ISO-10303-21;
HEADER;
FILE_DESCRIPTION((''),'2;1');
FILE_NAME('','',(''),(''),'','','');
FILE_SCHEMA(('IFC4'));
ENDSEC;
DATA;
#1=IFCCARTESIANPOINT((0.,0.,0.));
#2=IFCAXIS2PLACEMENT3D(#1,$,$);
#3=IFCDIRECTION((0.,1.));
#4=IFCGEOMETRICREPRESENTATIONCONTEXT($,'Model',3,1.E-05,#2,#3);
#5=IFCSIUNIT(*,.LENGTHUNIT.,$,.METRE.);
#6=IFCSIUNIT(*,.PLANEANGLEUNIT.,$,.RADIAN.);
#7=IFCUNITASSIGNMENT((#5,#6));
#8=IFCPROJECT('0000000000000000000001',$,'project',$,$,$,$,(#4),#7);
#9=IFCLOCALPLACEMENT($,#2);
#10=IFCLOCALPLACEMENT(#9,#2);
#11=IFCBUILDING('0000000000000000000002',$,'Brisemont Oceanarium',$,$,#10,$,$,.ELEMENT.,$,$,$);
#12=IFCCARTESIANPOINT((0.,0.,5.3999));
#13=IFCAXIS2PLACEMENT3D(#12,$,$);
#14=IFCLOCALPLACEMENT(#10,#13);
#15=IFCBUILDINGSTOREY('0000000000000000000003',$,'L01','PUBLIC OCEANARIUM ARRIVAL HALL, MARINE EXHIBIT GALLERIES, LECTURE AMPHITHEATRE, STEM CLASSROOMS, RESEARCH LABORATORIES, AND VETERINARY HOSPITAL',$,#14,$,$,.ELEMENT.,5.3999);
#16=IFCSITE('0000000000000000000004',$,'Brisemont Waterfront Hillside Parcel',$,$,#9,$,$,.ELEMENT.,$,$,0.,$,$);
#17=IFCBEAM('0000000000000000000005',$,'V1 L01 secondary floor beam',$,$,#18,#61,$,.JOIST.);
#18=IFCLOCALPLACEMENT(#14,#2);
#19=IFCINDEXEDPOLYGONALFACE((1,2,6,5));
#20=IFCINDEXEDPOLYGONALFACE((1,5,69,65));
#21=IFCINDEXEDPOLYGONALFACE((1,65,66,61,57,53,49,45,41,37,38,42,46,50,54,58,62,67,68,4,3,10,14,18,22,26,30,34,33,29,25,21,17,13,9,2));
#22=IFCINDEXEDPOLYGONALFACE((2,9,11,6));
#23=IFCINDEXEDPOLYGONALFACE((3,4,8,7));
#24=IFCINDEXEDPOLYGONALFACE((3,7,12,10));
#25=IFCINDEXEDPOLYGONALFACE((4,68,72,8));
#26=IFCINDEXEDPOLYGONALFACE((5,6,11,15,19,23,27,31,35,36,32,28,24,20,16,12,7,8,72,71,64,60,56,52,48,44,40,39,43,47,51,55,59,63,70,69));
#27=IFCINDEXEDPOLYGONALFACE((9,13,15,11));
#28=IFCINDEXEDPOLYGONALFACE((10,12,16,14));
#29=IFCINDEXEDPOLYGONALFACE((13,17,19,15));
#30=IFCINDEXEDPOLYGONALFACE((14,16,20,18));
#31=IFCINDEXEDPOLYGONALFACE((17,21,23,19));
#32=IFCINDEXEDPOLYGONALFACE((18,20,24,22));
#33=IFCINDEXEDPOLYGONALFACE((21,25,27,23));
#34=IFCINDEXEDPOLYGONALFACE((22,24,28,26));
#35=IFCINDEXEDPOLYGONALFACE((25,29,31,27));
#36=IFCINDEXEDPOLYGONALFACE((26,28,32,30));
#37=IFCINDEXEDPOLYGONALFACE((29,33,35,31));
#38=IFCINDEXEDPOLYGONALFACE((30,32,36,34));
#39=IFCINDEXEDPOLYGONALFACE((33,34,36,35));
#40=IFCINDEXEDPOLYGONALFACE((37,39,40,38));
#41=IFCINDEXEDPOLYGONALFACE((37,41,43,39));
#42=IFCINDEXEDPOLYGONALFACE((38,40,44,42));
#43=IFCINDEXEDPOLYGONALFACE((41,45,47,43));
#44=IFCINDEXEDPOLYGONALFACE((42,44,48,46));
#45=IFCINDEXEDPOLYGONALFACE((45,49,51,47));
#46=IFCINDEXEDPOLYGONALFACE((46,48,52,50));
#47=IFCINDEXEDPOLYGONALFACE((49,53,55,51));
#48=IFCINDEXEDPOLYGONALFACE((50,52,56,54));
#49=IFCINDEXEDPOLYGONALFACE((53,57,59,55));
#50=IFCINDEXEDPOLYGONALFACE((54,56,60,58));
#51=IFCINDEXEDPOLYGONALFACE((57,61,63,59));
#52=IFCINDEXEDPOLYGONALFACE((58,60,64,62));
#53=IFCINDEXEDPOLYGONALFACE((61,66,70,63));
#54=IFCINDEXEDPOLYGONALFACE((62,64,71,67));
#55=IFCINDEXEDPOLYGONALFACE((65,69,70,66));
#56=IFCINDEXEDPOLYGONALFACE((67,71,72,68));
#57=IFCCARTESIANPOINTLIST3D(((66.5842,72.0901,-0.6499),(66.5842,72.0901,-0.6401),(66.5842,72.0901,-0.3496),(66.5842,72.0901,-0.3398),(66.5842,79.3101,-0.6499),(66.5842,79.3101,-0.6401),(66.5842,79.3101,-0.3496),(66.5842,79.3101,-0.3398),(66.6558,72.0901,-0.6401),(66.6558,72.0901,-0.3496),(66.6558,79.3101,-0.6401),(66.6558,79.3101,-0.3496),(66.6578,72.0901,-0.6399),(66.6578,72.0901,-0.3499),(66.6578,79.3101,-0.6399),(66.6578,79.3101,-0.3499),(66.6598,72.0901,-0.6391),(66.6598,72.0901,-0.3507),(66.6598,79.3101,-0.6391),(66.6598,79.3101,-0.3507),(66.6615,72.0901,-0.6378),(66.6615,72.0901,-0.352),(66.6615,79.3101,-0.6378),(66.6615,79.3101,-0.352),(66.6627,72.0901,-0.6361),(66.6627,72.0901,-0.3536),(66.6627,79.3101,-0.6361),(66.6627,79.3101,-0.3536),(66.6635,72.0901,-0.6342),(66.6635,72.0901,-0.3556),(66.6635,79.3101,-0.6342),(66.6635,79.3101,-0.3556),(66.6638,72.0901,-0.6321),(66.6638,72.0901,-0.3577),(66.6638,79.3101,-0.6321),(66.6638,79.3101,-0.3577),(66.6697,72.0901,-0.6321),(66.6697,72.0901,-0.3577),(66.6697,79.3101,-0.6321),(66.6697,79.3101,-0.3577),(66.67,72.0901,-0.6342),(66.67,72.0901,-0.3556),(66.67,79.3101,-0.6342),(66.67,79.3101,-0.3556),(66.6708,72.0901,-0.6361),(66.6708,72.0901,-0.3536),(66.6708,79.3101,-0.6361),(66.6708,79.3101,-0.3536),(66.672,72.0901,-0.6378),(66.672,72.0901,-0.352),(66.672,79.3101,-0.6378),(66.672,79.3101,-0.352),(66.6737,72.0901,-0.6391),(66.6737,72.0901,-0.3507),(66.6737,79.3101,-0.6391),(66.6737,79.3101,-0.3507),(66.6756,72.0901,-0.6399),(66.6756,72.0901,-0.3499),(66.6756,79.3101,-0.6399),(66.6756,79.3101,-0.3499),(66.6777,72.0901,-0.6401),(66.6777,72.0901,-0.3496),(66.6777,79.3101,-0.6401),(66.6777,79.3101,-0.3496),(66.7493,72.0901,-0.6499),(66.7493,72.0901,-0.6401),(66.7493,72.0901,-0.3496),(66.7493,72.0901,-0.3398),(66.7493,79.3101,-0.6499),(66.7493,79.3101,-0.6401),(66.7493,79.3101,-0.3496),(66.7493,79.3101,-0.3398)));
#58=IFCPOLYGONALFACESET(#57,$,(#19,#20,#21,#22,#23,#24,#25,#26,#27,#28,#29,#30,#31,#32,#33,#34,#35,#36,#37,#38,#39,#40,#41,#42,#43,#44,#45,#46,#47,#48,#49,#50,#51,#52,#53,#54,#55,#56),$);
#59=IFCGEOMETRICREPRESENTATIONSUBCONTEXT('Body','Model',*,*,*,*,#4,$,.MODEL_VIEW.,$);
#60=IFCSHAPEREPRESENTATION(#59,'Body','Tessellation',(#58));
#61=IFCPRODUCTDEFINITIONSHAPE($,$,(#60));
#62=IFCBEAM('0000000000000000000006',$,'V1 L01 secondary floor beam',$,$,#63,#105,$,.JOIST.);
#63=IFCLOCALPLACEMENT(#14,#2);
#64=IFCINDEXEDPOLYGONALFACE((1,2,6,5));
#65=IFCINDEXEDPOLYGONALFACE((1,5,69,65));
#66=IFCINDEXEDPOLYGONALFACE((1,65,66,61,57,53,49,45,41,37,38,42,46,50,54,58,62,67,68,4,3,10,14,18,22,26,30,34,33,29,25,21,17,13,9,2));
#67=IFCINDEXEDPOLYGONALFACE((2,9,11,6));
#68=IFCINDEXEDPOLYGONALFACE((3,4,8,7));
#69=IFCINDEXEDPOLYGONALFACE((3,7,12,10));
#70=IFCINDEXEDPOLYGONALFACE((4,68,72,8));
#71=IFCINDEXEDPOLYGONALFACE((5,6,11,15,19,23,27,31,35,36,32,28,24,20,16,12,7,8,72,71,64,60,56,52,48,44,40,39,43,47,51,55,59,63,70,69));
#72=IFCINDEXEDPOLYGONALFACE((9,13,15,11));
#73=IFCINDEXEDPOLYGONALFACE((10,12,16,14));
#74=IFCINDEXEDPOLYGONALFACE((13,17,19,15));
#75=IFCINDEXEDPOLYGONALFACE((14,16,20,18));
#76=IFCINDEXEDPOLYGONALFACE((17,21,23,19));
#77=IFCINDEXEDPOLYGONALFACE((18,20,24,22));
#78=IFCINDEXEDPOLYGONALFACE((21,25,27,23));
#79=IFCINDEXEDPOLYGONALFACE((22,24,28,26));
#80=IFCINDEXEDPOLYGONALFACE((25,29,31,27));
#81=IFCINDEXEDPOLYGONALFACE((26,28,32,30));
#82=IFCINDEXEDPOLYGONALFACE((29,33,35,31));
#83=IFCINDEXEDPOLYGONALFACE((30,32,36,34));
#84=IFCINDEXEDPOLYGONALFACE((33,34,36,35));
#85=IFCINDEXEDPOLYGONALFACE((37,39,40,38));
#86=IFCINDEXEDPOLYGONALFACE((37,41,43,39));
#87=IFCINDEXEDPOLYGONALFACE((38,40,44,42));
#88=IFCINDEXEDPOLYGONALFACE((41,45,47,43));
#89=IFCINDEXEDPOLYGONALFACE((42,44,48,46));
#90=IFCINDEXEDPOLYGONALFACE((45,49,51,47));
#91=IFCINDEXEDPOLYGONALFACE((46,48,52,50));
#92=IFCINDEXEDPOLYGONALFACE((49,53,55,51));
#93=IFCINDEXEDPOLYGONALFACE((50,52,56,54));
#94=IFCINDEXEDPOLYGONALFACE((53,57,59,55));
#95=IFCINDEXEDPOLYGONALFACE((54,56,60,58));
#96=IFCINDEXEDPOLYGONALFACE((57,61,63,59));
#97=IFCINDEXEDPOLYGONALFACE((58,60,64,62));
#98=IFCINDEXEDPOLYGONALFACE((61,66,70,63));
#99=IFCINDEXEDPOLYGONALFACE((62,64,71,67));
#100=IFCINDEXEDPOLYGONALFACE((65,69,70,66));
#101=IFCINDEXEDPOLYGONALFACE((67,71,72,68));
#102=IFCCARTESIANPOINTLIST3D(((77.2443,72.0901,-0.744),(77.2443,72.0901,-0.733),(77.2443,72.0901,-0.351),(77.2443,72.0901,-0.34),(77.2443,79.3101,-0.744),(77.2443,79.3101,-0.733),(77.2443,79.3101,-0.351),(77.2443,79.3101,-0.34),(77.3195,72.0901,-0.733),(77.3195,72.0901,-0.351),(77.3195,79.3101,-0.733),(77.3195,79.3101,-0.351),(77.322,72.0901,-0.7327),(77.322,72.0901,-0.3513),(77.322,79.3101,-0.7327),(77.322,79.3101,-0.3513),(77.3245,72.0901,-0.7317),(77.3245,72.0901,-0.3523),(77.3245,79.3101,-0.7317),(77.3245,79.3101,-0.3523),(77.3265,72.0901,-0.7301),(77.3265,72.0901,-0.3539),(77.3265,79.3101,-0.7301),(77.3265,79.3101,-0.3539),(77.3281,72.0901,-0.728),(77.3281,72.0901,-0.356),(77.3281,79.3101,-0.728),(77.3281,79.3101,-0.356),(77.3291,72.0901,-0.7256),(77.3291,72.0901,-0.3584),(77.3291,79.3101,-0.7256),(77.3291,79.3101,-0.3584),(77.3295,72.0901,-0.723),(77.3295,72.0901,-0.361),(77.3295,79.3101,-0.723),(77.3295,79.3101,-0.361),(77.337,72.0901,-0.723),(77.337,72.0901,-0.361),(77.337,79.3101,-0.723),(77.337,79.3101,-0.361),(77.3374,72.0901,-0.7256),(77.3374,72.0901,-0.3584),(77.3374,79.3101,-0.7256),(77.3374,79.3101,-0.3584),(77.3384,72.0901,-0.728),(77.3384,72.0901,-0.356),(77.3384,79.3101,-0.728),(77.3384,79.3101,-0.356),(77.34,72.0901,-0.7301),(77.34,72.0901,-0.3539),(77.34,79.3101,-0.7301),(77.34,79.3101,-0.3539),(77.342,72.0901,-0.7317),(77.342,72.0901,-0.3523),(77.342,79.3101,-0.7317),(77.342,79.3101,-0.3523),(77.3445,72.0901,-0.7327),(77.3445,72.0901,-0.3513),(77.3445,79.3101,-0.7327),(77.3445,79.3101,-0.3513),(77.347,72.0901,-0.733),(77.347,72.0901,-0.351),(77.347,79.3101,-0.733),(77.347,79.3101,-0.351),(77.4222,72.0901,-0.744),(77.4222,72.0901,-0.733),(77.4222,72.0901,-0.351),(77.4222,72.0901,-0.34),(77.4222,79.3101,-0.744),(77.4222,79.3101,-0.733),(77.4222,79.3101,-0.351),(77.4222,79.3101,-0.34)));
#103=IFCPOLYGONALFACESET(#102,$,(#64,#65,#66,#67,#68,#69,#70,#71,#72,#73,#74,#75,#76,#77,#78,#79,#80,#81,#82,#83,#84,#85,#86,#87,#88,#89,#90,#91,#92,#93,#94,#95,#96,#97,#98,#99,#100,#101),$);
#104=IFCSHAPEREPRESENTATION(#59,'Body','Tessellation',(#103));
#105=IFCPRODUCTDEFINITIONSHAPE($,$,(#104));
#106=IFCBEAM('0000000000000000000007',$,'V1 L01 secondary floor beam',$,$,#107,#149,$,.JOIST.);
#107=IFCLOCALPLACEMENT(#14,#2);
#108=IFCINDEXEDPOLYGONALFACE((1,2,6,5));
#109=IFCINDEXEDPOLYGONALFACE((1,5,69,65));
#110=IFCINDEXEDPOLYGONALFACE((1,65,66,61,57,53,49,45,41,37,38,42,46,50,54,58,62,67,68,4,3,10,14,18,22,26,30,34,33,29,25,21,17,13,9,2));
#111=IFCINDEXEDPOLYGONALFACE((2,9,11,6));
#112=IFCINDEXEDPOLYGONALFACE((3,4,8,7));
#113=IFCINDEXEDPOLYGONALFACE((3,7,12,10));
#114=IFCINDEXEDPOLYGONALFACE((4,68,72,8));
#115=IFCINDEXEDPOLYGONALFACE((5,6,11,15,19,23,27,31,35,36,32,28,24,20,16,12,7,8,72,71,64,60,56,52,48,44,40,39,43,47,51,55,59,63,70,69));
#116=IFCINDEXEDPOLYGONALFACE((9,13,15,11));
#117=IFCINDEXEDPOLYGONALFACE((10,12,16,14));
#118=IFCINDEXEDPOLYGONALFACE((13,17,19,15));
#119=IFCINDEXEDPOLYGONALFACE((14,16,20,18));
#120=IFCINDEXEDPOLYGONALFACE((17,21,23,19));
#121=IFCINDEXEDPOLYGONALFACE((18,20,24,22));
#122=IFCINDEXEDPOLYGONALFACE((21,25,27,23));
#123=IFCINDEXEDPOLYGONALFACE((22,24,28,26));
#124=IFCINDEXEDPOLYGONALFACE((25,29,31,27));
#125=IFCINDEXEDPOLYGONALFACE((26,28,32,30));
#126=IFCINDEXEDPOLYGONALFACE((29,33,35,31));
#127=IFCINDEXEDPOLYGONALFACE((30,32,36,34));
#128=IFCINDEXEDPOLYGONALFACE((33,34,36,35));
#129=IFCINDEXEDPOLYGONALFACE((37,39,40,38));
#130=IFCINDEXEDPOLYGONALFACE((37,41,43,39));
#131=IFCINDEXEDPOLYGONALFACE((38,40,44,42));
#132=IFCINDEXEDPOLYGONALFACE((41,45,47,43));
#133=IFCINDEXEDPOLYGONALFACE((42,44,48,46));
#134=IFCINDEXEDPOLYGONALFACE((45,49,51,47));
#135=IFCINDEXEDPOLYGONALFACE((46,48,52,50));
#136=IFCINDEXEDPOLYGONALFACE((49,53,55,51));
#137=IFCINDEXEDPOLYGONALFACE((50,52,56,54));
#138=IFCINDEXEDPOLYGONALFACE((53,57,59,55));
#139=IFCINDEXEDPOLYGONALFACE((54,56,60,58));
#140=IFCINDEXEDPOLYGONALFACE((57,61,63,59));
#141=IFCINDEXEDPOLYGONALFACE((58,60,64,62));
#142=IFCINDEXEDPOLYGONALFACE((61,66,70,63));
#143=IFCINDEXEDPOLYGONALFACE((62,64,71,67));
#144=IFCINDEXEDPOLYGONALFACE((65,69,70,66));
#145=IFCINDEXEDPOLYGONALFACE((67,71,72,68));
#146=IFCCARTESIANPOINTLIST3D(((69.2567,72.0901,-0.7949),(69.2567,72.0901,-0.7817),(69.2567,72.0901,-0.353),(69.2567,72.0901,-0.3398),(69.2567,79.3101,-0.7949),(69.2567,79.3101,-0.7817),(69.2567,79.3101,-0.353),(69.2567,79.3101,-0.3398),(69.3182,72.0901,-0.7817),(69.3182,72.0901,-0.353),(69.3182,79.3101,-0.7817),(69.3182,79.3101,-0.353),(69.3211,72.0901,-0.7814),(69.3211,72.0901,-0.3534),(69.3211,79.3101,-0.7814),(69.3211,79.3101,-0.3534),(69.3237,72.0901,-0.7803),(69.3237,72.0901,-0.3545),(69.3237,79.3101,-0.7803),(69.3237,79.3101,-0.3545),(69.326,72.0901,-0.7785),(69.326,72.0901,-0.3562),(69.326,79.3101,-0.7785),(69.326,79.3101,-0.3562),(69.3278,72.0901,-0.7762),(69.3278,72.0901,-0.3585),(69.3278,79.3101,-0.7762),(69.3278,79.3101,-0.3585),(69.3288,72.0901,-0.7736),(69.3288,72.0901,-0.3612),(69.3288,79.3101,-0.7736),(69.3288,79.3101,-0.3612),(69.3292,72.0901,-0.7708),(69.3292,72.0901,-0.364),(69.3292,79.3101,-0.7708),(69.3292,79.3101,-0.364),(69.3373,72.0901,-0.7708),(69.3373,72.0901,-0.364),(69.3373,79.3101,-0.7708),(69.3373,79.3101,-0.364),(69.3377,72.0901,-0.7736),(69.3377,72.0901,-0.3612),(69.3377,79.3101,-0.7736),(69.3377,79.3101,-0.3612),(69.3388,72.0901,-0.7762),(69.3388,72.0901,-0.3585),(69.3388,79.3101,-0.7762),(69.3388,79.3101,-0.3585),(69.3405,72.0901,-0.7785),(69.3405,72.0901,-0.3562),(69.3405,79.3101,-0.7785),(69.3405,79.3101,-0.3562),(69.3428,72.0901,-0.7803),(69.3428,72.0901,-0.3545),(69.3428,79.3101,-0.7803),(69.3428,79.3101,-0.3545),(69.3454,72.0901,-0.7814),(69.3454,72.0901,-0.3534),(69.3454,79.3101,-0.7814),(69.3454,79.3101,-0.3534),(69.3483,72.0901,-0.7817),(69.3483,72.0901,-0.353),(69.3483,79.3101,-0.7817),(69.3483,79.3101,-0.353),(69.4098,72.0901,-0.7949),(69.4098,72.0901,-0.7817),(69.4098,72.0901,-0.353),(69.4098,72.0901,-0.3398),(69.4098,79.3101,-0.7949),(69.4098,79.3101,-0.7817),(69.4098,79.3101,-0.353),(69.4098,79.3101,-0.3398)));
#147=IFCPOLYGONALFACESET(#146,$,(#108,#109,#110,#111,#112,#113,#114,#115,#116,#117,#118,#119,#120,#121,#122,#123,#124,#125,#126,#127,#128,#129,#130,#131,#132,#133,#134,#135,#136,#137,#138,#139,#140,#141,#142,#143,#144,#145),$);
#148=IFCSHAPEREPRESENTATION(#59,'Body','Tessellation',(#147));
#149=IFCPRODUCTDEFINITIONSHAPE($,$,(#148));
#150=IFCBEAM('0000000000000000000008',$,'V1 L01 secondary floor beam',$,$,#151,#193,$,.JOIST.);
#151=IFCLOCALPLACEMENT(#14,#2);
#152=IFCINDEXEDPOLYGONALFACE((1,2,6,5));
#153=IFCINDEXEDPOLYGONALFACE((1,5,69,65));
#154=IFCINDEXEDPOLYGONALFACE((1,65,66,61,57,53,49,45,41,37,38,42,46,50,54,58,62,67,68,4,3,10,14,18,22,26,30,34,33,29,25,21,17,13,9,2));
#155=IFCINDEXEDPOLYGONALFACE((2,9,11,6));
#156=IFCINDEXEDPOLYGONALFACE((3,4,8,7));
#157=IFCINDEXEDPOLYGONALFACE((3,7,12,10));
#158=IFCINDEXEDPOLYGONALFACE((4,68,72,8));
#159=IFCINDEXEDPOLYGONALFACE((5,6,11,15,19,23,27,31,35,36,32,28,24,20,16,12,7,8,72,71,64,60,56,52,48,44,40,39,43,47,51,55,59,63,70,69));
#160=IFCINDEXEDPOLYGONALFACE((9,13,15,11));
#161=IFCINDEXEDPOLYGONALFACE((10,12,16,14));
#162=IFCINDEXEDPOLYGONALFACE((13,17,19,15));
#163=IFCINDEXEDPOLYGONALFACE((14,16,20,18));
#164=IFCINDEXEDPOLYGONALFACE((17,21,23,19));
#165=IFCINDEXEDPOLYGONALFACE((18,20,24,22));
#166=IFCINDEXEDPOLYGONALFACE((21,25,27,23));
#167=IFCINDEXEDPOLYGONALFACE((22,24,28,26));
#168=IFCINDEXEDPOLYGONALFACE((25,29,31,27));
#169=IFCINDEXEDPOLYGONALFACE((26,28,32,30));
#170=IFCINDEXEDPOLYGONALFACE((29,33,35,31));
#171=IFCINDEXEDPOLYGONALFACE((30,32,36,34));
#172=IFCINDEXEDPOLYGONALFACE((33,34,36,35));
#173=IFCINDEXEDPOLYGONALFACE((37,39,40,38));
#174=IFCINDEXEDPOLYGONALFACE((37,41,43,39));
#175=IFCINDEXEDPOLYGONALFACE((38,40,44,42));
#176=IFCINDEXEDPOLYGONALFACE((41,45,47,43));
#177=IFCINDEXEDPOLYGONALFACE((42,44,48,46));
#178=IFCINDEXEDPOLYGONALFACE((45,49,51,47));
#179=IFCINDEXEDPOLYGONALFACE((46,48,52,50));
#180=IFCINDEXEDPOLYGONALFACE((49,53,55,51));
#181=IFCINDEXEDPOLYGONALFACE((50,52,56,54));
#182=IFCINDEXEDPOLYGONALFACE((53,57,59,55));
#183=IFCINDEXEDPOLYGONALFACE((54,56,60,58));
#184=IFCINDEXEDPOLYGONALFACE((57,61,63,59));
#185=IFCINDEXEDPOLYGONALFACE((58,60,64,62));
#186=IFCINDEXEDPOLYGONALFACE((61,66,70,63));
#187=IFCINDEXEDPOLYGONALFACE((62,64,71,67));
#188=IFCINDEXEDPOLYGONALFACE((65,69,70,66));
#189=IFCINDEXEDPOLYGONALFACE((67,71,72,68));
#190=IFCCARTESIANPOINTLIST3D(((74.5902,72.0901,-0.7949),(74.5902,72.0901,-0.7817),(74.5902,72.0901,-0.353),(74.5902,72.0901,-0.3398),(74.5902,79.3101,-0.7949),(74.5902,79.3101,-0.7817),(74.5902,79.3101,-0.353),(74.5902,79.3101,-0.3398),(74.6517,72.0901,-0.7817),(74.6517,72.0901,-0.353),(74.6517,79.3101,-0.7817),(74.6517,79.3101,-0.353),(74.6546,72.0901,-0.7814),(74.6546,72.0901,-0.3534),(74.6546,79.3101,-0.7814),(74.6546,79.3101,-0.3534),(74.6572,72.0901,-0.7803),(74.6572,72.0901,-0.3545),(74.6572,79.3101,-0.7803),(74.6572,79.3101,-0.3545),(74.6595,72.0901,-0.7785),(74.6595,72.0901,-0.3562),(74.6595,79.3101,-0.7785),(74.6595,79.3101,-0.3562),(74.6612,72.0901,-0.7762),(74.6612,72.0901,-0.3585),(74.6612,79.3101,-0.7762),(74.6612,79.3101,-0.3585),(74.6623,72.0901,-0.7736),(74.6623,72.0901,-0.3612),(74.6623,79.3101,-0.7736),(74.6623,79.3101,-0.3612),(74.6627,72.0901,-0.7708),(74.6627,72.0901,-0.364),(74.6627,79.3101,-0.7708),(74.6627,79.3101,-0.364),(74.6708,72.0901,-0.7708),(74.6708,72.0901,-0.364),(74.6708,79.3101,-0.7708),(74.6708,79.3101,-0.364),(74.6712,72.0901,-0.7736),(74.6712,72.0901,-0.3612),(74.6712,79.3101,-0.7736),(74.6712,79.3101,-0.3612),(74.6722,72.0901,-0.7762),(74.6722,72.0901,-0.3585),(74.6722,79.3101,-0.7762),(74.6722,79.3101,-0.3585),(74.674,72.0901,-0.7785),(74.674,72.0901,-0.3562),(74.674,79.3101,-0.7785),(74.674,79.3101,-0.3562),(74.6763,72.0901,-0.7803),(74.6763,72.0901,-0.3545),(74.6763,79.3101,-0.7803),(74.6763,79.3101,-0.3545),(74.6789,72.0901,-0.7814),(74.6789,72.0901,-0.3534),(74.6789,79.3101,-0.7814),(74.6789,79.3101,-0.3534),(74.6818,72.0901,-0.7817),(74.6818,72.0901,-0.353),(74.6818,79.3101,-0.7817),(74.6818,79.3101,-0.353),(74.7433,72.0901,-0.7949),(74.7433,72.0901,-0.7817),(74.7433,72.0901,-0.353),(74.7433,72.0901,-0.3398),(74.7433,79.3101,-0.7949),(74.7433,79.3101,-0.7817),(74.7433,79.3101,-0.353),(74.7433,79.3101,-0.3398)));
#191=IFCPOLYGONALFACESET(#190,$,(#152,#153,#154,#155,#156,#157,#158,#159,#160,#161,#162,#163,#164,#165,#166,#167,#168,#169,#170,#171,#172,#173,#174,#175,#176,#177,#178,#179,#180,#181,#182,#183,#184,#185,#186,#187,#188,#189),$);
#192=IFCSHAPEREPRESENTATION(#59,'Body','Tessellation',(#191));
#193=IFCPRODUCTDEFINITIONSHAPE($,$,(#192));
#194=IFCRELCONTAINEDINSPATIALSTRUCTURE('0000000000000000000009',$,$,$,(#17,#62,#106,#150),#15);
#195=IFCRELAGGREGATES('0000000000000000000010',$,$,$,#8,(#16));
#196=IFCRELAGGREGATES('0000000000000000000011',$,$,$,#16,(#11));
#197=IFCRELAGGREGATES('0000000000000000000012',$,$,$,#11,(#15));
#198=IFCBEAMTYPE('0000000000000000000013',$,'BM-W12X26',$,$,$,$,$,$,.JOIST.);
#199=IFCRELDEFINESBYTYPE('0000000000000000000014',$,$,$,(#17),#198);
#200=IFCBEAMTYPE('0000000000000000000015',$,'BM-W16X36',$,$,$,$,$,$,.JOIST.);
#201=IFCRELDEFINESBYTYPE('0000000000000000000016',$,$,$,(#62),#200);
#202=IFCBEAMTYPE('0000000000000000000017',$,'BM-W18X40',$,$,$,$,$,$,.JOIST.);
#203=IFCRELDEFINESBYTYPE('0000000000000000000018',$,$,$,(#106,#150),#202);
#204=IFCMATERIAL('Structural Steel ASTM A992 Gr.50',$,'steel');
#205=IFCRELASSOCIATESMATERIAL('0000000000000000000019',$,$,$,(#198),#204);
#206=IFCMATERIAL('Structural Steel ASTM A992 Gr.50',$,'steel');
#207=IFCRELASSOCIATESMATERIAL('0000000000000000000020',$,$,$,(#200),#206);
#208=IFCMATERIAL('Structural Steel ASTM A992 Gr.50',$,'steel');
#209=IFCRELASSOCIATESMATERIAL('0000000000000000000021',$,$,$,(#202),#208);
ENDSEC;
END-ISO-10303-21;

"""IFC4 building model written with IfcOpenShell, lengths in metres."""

from ifc_helpers import new_model, si_unit, direction, frame, origin, origin_2d, place, context, subcontext, project, spatial, i_section, extrude, material, material_profile, profile_set, type_object, element, save


model = new_model("IFC4")

# Units and contexts
model_context = context("Model", 3, precision=1e-05, world=origin(), true_north=direction((0.0, 1.0)))
body_context = subcontext(model_context, "Body", "Model", "MODEL_VIEW")
ifc_project = project(units=[si_unit("LENGTHUNIT", "METRE"), si_unit("PLANEANGLEUNIT", "RADIAN")], contexts=[model_context])

# Site, building, storey
site_placement = place(None, origin())
site = spatial("IfcSite", under=ifc_project, at=site_placement, Name="Brisemont Waterfront Hillside Parcel", CompositionType="ELEMENT", RefElevation=0.0)
building_placement = place(site_placement, origin())
building = spatial("IfcBuilding", under=site, at=building_placement, Name="Brisemont Oceanarium", CompositionType="ELEMENT")
storey_placement = place(building_placement, frame((0.0, 0.0, 5.3999)))
storey = spatial("IfcBuildingStorey", under=building, at=storey_placement, Name="L01", Description="PUBLIC OCEANARIUM ARRIVAL HALL, MARINE EXHIBIT GALLERIES, LECTURE AMPHITHEATRE, STEM CLASSROOMS, RESEARCH LABORATORIES, AND VETERINARY HOSPITAL", CompositionType="ELEMENT", Elevation=5.3999)

# Beams
ifc_material_1 = material(Name="Structural Steel ASTM A992 Gr.50", Category="steel")
ifc_material_profile_1 = material_profile(ifc_material_1, i_section(OverallWidth=0.165, OverallDepth=0.3101, WebThickness=0.0059, FlangeThickness=0.0098, FilletRadius=0.0081, at=origin_2d()), Name="W12X26")
ifc_profile_set_1 = profile_set([ifc_material_profile_1], Name="Structural Steel ASTM A992 Gr.50")
beam_type_1 = type_object("IfcBeamType", Name="BM-W12X26", PredefinedType="JOIST", material=ifc_profile_set_1)
beam_1_placement = place(storey_placement, frame((66.6667, 72.0901, -0.4949), z_axis=(0.0, 1.0, 0.0), x_axis=(-1.0, 0.0, 0.0)))
element("IfcBeam", 1, at=beam_1_placement, inside=storey, type_object=beam_type_1, Name="V1 L01 secondary floor beam", PredefinedType="JOIST", context=body_context, shape_type="SweptSolid", body=[
    extrude(i_section(OverallWidth=0.165, OverallDepth=0.3101, WebThickness=0.0059, FlangeThickness=0.0098, FilletRadius=0.0081, at=origin_2d()), origin(), (0.0, 0.0, 1.0), 7.22),
])
ifc_material_2 = material(Name="Structural Steel ASTM A992 Gr.50", Category="steel")
ifc_material_profile_2 = material_profile(ifc_material_2, i_section(OverallWidth=0.178, OverallDepth=0.4041, WebThickness=0.0076, FlangeThickness=0.011, FilletRadius=0.01, at=origin_2d()), Name="W16X36")
ifc_profile_set_2 = profile_set([ifc_material_profile_2], Name="Structural Steel ASTM A992 Gr.50")
beam_type_2 = type_object("IfcBeamType", Name="BM-W16X36", PredefinedType="JOIST", material=ifc_profile_set_2)
beam_2_placement = place(storey_placement, frame((77.3333, 72.0901, -0.542), z_axis=(0.0, 1.0, 0.0), x_axis=(-1.0, 0.0, 0.0)))
element("IfcBeam", 2, at=beam_2_placement, inside=storey, type_object=beam_type_2, Name="V1 L01 secondary floor beam", PredefinedType="JOIST", context=body_context, shape_type="SweptSolid", body=[
    extrude(i_section(OverallWidth=0.178, OverallDepth=0.4041, WebThickness=0.0076, FlangeThickness=0.011, FilletRadius=0.01, at=origin_2d()), origin(), (0.0, 0.0, 1.0), 7.22),
])
ifc_material_3 = material(Name="Structural Steel ASTM A992 Gr.50", Category="steel")
ifc_material_profile_3 = material_profile(ifc_material_3, i_section(OverallWidth=0.1531, OverallDepth=0.4551, WebThickness=0.0081, FlangeThickness=0.0132, FilletRadius=0.011, at=origin_2d()), Name="W18X40")
ifc_profile_set_3 = profile_set([ifc_material_profile_3], Name="Structural Steel ASTM A992 Gr.50")
beam_type_3 = type_object("IfcBeamType", Name="BM-W18X40", PredefinedType="JOIST", material=ifc_profile_set_3)
for number, where, z_axis, x_axis, name in (
    (3, (69.3333, 72.0901, -0.5674), (0.0, 1.0, 0.0), (-1.0, 0.0, 0.0), "V1 L01 secondary floor beam"),
    (4, (74.6667, 72.0901, -0.5674), (0.0, 1.0, 0.0), (-1.0, 0.0, 0.0), "V1 L01 secondary floor beam"),
):
    element("IfcBeam", number, at=place(storey_placement, frame(where, z_axis=z_axis, x_axis=x_axis)), inside=storey, type_object=beam_type_3, Name=name, PredefinedType="JOIST", context=body_context, shape_type="SweptSolid", body=[
        extrude(i_section(OverallWidth=0.1531, OverallDepth=0.4551, WebThickness=0.0081, FlangeThickness=0.0132, FilletRadius=0.011, at=origin_2d()), origin(), (0.0, 0.0, 1.0), 7.22),
    ])

save(model, "model.ifc")
